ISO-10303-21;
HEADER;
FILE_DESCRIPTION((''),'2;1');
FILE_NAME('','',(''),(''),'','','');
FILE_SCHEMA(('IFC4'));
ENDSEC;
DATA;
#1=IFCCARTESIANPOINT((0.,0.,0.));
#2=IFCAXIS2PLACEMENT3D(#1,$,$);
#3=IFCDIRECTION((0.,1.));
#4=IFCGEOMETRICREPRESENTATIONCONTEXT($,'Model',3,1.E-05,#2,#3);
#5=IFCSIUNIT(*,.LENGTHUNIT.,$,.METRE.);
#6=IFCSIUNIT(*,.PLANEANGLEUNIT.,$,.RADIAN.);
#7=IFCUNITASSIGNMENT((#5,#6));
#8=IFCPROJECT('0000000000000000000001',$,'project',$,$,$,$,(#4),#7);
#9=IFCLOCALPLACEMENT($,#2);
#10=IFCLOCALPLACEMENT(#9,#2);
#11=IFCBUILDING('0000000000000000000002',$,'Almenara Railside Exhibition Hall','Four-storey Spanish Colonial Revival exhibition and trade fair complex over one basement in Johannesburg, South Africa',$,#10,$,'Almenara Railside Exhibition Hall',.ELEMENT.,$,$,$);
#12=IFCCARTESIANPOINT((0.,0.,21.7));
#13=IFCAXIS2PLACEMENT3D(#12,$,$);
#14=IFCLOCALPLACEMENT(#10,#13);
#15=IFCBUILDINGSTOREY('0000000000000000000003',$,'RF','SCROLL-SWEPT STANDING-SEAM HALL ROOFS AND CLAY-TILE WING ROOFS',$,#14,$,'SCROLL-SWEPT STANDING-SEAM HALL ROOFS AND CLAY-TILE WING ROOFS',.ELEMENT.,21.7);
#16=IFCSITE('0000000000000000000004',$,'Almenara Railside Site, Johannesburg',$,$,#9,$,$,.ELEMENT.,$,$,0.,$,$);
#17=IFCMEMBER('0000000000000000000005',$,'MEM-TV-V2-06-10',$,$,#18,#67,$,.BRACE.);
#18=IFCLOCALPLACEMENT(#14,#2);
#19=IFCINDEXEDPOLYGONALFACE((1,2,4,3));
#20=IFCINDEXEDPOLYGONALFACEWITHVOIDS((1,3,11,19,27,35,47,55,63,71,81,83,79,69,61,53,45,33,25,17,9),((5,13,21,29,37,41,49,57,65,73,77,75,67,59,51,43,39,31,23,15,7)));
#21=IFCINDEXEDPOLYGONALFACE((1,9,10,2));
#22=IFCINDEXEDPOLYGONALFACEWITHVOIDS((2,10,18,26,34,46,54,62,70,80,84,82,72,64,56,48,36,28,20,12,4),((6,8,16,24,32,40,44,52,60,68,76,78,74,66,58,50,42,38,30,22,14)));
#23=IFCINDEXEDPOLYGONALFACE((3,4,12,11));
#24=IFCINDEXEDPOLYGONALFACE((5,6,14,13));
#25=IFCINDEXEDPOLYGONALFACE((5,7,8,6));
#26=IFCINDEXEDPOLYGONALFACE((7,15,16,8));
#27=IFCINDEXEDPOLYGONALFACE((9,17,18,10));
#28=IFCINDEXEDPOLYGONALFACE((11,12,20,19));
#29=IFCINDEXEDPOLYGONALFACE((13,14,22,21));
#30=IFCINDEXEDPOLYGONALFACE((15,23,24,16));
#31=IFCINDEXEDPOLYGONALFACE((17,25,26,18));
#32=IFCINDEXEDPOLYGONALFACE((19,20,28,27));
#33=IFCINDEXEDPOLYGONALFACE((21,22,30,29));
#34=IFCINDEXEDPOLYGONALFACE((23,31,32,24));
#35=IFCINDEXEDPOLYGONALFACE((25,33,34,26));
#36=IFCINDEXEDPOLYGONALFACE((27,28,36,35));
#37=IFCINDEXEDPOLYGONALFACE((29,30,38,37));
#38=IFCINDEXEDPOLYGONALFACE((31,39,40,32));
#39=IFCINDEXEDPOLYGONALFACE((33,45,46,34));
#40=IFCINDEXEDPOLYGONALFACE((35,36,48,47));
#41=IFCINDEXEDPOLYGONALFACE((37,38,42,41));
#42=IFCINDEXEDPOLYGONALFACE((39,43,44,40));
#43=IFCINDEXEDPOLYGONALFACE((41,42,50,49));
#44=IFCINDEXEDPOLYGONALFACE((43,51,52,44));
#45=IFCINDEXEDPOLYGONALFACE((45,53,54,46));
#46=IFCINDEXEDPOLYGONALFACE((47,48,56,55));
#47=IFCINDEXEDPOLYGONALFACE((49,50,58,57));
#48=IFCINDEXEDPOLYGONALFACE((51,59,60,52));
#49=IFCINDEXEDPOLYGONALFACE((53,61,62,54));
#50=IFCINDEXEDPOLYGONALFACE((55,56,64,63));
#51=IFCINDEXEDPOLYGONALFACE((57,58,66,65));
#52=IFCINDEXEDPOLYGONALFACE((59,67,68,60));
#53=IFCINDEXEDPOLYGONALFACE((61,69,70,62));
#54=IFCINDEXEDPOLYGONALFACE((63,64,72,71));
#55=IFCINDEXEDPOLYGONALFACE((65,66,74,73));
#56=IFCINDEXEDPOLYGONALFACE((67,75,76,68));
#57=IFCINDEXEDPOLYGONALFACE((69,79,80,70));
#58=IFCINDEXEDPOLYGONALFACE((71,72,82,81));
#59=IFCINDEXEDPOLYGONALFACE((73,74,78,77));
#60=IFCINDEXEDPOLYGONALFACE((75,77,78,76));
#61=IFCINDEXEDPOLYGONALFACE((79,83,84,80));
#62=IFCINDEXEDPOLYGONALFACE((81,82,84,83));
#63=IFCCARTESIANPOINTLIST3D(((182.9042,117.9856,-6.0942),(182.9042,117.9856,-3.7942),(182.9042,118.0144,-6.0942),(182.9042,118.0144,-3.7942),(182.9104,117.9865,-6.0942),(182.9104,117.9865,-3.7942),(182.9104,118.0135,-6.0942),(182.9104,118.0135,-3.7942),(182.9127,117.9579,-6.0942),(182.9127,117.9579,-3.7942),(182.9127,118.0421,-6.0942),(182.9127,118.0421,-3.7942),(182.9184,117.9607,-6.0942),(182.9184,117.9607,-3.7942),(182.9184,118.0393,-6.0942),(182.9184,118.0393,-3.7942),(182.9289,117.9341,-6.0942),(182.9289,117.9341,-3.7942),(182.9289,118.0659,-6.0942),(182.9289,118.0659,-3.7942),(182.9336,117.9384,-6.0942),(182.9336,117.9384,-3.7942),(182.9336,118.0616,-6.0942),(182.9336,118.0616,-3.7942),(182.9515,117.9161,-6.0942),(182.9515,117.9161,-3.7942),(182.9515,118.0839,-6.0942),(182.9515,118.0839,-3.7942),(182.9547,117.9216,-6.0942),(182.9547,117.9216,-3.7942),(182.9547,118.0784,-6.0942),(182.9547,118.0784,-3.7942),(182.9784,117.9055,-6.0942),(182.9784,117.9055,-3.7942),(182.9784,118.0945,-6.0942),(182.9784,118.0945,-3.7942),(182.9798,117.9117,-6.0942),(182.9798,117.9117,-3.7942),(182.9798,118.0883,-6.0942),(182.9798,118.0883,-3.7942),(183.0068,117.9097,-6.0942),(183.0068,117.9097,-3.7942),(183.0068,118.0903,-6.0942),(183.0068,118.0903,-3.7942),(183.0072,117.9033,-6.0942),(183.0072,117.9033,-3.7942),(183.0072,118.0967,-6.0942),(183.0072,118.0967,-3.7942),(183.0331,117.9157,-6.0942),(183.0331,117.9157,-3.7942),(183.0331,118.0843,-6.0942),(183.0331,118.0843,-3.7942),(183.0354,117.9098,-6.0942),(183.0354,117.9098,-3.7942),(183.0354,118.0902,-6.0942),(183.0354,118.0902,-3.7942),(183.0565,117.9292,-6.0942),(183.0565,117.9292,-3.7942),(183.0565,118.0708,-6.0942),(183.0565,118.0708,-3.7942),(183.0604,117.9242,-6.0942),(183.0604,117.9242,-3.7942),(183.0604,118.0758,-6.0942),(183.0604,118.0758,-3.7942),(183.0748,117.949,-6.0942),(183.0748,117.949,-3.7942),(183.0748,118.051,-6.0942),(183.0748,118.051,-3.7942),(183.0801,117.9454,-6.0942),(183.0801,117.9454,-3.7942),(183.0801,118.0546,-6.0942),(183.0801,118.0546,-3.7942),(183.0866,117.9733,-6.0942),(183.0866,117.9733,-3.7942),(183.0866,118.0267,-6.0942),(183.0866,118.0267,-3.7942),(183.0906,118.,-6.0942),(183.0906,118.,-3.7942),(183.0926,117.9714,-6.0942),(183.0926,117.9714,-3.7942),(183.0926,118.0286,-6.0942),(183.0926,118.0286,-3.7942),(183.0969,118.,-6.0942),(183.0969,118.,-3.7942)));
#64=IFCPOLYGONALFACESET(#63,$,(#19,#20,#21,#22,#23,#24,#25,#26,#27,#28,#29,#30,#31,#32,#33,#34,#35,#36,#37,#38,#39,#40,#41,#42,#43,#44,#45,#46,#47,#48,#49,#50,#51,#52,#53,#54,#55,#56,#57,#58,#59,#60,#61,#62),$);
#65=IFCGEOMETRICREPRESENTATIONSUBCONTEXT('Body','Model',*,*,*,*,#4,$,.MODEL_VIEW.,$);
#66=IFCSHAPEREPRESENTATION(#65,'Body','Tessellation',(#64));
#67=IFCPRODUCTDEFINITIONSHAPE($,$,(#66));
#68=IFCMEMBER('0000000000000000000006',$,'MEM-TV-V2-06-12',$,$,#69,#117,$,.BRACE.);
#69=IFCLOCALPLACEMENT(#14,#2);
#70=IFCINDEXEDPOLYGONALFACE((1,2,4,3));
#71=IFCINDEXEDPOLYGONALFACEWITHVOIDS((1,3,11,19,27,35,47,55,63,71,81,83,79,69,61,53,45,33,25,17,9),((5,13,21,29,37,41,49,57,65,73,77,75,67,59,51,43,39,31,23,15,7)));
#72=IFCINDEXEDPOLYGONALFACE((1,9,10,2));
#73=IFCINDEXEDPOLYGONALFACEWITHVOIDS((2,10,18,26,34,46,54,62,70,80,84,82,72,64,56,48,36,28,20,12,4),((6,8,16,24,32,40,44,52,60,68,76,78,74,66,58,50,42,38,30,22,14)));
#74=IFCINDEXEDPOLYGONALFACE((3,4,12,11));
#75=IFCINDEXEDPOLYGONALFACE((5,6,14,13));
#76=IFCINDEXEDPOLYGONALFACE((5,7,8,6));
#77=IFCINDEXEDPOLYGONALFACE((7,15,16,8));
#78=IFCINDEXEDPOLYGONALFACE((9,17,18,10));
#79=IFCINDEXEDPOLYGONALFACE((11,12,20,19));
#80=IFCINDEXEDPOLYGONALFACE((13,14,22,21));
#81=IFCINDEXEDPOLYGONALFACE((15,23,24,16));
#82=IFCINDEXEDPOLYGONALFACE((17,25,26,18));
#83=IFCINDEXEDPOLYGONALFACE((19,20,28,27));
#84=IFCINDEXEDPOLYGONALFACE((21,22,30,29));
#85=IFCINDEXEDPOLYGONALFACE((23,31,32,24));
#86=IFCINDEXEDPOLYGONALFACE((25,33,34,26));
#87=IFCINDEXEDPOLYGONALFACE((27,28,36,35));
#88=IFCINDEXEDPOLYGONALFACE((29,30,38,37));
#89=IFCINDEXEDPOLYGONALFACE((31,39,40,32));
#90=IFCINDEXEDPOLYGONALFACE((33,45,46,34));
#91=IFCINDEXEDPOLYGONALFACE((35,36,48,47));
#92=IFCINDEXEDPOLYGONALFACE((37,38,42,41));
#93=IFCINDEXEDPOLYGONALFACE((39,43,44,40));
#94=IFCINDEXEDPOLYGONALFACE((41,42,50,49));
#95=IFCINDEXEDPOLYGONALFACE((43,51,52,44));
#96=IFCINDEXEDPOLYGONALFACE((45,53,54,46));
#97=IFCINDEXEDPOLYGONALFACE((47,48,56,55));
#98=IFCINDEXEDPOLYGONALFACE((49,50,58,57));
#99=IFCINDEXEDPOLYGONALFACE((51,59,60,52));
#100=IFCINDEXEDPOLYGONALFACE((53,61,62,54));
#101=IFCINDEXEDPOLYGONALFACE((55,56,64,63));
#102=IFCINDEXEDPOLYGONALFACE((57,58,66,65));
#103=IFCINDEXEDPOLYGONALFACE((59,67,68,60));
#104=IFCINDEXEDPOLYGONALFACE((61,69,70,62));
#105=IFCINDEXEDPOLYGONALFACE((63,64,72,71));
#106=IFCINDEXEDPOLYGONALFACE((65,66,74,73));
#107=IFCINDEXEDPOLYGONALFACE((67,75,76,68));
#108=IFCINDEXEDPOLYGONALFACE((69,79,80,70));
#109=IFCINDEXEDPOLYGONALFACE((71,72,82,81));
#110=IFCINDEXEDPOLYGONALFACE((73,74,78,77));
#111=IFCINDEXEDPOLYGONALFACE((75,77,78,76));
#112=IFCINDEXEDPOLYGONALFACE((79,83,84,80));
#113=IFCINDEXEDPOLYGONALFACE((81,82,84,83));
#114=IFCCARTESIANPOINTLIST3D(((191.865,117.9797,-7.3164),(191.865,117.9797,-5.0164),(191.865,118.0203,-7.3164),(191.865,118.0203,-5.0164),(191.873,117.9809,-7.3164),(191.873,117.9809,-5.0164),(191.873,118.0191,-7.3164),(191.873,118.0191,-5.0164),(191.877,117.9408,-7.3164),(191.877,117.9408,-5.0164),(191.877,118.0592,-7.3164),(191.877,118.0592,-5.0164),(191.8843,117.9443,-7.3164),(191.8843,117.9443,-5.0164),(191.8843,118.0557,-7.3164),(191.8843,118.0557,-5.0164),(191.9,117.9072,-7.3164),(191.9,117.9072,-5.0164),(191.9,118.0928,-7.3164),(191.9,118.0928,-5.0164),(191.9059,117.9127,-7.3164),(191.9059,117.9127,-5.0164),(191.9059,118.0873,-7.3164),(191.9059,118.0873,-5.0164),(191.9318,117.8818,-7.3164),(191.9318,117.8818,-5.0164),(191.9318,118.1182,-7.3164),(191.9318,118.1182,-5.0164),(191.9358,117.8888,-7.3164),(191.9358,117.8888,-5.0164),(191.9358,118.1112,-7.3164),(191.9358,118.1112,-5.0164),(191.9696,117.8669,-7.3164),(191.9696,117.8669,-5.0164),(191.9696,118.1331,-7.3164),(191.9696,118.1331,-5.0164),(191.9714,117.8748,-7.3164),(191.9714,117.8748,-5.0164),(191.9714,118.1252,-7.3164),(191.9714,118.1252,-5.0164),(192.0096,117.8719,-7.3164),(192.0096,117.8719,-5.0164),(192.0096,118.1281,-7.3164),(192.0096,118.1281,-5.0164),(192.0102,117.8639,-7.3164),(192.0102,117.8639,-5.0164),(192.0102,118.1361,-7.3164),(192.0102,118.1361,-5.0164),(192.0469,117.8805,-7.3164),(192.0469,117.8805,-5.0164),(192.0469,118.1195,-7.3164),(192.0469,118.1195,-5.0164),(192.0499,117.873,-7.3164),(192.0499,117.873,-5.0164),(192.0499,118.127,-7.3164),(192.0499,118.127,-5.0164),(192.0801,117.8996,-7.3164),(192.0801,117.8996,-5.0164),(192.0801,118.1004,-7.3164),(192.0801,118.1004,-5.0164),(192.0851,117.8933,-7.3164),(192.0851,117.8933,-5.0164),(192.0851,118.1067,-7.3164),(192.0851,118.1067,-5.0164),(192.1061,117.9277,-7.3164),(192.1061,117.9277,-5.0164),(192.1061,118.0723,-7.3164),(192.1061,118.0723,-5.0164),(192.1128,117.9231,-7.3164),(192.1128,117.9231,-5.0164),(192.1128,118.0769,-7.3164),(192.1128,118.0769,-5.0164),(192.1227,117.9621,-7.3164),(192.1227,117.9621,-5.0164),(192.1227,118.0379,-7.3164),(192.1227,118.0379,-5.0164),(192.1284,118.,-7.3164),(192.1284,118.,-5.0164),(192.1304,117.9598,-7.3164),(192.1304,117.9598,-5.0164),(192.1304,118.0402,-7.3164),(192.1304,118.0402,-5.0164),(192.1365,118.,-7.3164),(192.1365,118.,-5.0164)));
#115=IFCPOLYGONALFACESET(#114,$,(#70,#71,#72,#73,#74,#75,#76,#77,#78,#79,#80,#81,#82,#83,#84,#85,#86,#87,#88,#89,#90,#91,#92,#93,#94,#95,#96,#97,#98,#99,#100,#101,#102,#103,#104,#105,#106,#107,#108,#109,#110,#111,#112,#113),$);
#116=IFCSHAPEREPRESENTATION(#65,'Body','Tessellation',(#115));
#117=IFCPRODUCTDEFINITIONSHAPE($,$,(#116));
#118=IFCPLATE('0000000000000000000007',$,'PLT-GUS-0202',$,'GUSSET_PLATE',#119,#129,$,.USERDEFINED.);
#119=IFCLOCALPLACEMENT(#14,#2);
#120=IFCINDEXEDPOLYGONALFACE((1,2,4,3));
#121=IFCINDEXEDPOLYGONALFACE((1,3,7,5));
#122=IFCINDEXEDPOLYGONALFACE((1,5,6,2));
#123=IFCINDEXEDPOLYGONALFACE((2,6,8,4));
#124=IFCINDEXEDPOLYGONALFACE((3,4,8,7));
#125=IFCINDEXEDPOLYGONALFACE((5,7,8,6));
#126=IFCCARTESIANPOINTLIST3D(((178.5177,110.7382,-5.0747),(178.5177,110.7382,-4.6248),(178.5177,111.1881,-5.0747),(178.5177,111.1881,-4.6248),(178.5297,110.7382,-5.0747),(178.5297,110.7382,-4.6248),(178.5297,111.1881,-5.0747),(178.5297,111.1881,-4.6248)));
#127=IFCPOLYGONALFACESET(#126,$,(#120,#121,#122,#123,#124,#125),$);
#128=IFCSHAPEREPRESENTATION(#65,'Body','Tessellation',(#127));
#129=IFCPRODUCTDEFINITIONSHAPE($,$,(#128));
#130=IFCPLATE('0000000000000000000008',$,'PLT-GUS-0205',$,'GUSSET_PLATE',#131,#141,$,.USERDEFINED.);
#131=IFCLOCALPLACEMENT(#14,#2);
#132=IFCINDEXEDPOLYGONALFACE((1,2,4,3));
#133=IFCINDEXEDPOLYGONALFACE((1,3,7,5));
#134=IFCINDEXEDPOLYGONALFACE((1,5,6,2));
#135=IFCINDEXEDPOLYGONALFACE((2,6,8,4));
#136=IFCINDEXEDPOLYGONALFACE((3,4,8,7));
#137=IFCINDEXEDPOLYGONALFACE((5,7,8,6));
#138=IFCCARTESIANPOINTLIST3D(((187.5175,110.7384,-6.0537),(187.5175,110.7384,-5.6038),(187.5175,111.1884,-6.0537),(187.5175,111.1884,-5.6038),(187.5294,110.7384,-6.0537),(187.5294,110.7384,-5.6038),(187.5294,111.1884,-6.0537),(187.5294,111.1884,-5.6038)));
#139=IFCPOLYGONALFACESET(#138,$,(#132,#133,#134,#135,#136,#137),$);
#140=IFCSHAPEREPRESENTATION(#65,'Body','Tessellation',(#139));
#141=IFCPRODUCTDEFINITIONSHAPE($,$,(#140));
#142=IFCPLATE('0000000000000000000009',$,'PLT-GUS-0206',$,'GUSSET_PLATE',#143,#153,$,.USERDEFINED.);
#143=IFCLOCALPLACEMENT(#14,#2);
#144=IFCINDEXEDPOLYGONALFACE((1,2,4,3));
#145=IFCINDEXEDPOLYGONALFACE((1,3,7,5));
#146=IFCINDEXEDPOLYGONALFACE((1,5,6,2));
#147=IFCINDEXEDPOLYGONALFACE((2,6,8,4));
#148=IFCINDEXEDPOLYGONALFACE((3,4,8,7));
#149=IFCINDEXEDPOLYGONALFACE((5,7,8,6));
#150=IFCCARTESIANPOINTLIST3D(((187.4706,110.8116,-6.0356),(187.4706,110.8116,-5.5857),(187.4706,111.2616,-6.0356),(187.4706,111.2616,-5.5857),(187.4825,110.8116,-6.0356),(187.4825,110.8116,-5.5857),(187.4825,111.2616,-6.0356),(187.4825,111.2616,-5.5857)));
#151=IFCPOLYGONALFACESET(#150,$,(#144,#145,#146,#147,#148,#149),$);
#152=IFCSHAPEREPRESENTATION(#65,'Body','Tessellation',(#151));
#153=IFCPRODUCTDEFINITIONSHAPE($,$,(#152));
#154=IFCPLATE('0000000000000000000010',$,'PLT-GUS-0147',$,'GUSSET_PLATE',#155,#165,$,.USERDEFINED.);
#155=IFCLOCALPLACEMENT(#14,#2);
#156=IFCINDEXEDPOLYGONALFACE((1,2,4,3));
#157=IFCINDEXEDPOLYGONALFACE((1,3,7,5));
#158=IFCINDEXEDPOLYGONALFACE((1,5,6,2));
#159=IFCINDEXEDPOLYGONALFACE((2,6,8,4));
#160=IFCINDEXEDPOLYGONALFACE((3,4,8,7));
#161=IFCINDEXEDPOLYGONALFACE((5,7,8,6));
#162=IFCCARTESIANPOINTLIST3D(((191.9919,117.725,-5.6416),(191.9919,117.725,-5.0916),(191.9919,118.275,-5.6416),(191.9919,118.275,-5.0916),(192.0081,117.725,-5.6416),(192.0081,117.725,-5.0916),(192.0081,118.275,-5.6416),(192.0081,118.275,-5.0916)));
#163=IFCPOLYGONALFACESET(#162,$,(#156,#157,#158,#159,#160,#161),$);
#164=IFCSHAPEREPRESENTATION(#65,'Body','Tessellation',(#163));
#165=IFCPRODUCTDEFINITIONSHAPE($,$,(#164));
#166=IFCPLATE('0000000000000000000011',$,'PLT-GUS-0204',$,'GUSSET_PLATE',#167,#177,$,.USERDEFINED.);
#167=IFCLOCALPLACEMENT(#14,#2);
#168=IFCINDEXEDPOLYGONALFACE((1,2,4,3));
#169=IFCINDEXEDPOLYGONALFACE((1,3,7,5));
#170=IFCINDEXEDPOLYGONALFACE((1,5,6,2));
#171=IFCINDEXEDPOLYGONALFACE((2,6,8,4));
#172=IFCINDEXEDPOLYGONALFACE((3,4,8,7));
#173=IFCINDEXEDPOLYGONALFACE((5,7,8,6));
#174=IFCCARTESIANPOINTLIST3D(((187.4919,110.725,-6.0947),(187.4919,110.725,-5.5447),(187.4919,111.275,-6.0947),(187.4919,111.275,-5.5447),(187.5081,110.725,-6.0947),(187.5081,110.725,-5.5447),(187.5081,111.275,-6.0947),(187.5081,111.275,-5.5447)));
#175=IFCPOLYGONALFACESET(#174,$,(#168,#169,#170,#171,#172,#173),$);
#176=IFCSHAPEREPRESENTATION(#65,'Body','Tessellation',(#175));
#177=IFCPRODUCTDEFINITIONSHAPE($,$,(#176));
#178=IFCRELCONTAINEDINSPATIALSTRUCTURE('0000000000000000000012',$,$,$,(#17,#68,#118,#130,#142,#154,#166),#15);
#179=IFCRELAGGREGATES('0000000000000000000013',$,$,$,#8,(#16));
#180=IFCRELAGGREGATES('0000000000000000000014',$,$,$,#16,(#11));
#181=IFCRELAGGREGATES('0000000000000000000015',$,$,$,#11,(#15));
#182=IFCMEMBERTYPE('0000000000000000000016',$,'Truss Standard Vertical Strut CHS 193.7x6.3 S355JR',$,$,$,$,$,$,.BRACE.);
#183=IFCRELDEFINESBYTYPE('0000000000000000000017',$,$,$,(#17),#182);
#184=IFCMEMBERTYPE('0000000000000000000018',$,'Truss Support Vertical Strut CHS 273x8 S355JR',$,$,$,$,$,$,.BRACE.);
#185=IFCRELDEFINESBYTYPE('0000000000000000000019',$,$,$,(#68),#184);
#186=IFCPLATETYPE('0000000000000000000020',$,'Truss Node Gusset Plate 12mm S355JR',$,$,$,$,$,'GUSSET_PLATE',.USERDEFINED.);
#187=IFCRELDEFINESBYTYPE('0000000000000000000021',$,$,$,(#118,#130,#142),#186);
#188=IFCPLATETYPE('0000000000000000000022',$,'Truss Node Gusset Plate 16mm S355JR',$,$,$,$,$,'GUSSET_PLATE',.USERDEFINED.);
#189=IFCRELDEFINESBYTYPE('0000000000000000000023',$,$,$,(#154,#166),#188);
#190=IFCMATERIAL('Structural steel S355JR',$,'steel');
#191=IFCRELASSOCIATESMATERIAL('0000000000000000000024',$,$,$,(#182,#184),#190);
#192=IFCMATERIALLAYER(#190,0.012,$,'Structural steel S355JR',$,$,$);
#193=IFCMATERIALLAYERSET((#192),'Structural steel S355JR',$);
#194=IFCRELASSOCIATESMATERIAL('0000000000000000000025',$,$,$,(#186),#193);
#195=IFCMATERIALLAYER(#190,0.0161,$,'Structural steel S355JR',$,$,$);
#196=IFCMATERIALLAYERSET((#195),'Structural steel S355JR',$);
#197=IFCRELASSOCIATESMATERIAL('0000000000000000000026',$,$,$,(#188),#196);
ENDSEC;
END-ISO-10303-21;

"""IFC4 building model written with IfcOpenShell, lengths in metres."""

from ifc_helpers import new_model, si_unit, direction, frame, origin, origin_2d, place, context, subcontext, project, spatial, rectangle, hollow_circle, extrude, material, layer, layer_set, material_profile, profile_set, type_object, element, save


model = new_model("IFC4")

# Units and contexts
model_context = context("Model", 3, precision=1e-05, world=origin(), true_north=direction((0.0, 1.0)))
body_context = subcontext(model_context, "Body", "Model", "MODEL_VIEW")
ifc_project = project(units=[si_unit("LENGTHUNIT", "METRE"), si_unit("PLANEANGLEUNIT", "RADIAN")], contexts=[model_context])

# Site, building, storey
site_placement = place(None, origin())
site = spatial("IfcSite", under=ifc_project, at=site_placement, Name="Almenara Railside Site, Johannesburg", CompositionType="ELEMENT", RefElevation=0.0)
building_placement = place(site_placement, origin())
building = spatial("IfcBuilding", under=site, at=building_placement, Name="Almenara Railside Exhibition Hall", Description="Four-storey Spanish Colonial Revival exhibition and trade fair complex over one basement in Johannesburg, South Africa", LongName="Almenara Railside Exhibition Hall", CompositionType="ELEMENT")
storey_placement = place(building_placement, frame((0.0, 0.0, 21.7)))
storey = spatial("IfcBuildingStorey", under=building, at=storey_placement, Name="RF", Description="SCROLL-SWEPT STANDING-SEAM HALL ROOFS AND CLAY-TILE WING ROOFS", LongName="SCROLL-SWEPT STANDING-SEAM HALL ROOFS AND CLAY-TILE WING ROOFS", CompositionType="ELEMENT", Elevation=21.7)

# Shared definitions
ifc_material = material(Name="Structural steel S355JR", Category="steel")

# Members
ifc_material_profile_1 = material_profile(ifc_material, hollow_circle(Radius=0.0969, WallThickness=0.0063, at=origin_2d()), Name="CHS 193.7x6.3")
ifc_profile_set_1 = profile_set([ifc_material_profile_1], Name="Structural steel S355JR")
member_type_1 = type_object("IfcMemberType", Name="Truss Standard Vertical Strut CHS 193.7x6.3 S355JR", PredefinedType="BRACE", material=ifc_profile_set_1)
member_1_placement = place(storey_placement, frame((183.0, 118.0, -6.0942), z_axis=(0.0, 0.0, 1.0), x_axis=(1.0, 0.0, 0.0)))
element("IfcMember", 1, at=member_1_placement, inside=storey, type_object=member_type_1, Name="MEM-TV-V2-06-10", PredefinedType="BRACE", context=body_context, shape_type="SweptSolid", body=[
    extrude(hollow_circle(Radius=0.0969, WallThickness=0.0063, at=origin_2d()), origin(), (0.0, 0.0, 1.0), 2.3),
])
ifc_material_profile_2 = material_profile(ifc_material, hollow_circle(Radius=0.1365, WallThickness=0.0081, at=origin_2d()), Name="CHS 273x8")
ifc_profile_set_2 = profile_set([ifc_material_profile_2], Name="Structural steel S355JR")
member_type_2 = type_object("IfcMemberType", Name="Truss Support Vertical Strut CHS 273x8 S355JR", PredefinedType="BRACE", material=ifc_profile_set_2)
member_2_placement = place(storey_placement, frame((192.0, 118.0, -7.3164), z_axis=(0.0, 0.0, 1.0), x_axis=(1.0, 0.0, 0.0)))
element("IfcMember", 2, at=member_2_placement, inside=storey, type_object=member_type_2, Name="MEM-TV-V2-06-12", PredefinedType="BRACE", context=body_context, shape_type="SweptSolid", body=[
    extrude(hollow_circle(Radius=0.1365, WallThickness=0.0081, at=origin_2d()), origin(), (0.0, 0.0, 1.0), 2.3),
])

# Plates
ifc_layer_1 = layer(ifc_material, 0.012, Name="Structural steel S355JR")
ifc_layer_set_1 = layer_set([ifc_layer_1], Name="Structural steel S355JR")
plate_type_1 = type_object("IfcPlateType", Name="Truss Node Gusset Plate 12mm S355JR", ElementType="GUSSET_PLATE", PredefinedType="USERDEFINED", material=ifc_layer_set_1)
for number, where, z_axis, x_axis, name in (
    (3, (178.5237, 110.9631, -5.0747), (0.0, 0.0, 1.0), (0.0, 1.0, 0.0), "PLT-GUS-0202"),
    (4, (187.5234, 110.9634, -6.0537), (0.0, 0.0, 1.0), (0.0, 1.0, 0.0), "PLT-GUS-0205"),
    (5, (187.4766, 111.0366, -6.0356), (0.0, 0.0, 1.0), (0.0, 1.0, 0.0), "PLT-GUS-0206"),
):
    element("IfcPlate", number, at=place(storey_placement, frame(where, z_axis=z_axis, x_axis=x_axis)), inside=storey, type_object=plate_type_1, Name=name, ObjectType="GUSSET_PLATE", PredefinedType="USERDEFINED", context=body_context, shape_type="SweptSolid", body=[
        extrude(rectangle(XDim=0.45, YDim=0.012, at=origin_2d()), origin(), (0.0, 0.0, 1.0), 0.45),
    ])
ifc_layer_2 = layer(ifc_material, 0.0161, Name="Structural steel S355JR")
ifc_layer_set_2 = layer_set([ifc_layer_2], Name="Structural steel S355JR")
plate_type_2 = type_object("IfcPlateType", Name="Truss Node Gusset Plate 16mm S355JR", ElementType="GUSSET_PLATE", PredefinedType="USERDEFINED", material=ifc_layer_set_2)
for number, where, z_axis, x_axis, name in (
    (6, (192.0, 118.0, -5.6416), (0.0, 0.0, 1.0), (0.0, 1.0, 0.0), "PLT-GUS-0147"),
    (7, (187.5, 111.0, -6.0947), (0.0, 0.0, 1.0), (0.0, 1.0, 0.0), "PLT-GUS-0204"),
):
    element("IfcPlate", number, at=place(storey_placement, frame(where, z_axis=z_axis, x_axis=x_axis)), inside=storey, type_object=plate_type_2, Name=name, ObjectType="GUSSET_PLATE", PredefinedType="USERDEFINED", context=body_context, shape_type="SweptSolid", body=[
        extrude(rectangle(XDim=0.55, YDim=0.0161, at=origin_2d()), origin(), (0.0, 0.0, 1.0), 0.55),
    ])

save(model, "model.ifc")
